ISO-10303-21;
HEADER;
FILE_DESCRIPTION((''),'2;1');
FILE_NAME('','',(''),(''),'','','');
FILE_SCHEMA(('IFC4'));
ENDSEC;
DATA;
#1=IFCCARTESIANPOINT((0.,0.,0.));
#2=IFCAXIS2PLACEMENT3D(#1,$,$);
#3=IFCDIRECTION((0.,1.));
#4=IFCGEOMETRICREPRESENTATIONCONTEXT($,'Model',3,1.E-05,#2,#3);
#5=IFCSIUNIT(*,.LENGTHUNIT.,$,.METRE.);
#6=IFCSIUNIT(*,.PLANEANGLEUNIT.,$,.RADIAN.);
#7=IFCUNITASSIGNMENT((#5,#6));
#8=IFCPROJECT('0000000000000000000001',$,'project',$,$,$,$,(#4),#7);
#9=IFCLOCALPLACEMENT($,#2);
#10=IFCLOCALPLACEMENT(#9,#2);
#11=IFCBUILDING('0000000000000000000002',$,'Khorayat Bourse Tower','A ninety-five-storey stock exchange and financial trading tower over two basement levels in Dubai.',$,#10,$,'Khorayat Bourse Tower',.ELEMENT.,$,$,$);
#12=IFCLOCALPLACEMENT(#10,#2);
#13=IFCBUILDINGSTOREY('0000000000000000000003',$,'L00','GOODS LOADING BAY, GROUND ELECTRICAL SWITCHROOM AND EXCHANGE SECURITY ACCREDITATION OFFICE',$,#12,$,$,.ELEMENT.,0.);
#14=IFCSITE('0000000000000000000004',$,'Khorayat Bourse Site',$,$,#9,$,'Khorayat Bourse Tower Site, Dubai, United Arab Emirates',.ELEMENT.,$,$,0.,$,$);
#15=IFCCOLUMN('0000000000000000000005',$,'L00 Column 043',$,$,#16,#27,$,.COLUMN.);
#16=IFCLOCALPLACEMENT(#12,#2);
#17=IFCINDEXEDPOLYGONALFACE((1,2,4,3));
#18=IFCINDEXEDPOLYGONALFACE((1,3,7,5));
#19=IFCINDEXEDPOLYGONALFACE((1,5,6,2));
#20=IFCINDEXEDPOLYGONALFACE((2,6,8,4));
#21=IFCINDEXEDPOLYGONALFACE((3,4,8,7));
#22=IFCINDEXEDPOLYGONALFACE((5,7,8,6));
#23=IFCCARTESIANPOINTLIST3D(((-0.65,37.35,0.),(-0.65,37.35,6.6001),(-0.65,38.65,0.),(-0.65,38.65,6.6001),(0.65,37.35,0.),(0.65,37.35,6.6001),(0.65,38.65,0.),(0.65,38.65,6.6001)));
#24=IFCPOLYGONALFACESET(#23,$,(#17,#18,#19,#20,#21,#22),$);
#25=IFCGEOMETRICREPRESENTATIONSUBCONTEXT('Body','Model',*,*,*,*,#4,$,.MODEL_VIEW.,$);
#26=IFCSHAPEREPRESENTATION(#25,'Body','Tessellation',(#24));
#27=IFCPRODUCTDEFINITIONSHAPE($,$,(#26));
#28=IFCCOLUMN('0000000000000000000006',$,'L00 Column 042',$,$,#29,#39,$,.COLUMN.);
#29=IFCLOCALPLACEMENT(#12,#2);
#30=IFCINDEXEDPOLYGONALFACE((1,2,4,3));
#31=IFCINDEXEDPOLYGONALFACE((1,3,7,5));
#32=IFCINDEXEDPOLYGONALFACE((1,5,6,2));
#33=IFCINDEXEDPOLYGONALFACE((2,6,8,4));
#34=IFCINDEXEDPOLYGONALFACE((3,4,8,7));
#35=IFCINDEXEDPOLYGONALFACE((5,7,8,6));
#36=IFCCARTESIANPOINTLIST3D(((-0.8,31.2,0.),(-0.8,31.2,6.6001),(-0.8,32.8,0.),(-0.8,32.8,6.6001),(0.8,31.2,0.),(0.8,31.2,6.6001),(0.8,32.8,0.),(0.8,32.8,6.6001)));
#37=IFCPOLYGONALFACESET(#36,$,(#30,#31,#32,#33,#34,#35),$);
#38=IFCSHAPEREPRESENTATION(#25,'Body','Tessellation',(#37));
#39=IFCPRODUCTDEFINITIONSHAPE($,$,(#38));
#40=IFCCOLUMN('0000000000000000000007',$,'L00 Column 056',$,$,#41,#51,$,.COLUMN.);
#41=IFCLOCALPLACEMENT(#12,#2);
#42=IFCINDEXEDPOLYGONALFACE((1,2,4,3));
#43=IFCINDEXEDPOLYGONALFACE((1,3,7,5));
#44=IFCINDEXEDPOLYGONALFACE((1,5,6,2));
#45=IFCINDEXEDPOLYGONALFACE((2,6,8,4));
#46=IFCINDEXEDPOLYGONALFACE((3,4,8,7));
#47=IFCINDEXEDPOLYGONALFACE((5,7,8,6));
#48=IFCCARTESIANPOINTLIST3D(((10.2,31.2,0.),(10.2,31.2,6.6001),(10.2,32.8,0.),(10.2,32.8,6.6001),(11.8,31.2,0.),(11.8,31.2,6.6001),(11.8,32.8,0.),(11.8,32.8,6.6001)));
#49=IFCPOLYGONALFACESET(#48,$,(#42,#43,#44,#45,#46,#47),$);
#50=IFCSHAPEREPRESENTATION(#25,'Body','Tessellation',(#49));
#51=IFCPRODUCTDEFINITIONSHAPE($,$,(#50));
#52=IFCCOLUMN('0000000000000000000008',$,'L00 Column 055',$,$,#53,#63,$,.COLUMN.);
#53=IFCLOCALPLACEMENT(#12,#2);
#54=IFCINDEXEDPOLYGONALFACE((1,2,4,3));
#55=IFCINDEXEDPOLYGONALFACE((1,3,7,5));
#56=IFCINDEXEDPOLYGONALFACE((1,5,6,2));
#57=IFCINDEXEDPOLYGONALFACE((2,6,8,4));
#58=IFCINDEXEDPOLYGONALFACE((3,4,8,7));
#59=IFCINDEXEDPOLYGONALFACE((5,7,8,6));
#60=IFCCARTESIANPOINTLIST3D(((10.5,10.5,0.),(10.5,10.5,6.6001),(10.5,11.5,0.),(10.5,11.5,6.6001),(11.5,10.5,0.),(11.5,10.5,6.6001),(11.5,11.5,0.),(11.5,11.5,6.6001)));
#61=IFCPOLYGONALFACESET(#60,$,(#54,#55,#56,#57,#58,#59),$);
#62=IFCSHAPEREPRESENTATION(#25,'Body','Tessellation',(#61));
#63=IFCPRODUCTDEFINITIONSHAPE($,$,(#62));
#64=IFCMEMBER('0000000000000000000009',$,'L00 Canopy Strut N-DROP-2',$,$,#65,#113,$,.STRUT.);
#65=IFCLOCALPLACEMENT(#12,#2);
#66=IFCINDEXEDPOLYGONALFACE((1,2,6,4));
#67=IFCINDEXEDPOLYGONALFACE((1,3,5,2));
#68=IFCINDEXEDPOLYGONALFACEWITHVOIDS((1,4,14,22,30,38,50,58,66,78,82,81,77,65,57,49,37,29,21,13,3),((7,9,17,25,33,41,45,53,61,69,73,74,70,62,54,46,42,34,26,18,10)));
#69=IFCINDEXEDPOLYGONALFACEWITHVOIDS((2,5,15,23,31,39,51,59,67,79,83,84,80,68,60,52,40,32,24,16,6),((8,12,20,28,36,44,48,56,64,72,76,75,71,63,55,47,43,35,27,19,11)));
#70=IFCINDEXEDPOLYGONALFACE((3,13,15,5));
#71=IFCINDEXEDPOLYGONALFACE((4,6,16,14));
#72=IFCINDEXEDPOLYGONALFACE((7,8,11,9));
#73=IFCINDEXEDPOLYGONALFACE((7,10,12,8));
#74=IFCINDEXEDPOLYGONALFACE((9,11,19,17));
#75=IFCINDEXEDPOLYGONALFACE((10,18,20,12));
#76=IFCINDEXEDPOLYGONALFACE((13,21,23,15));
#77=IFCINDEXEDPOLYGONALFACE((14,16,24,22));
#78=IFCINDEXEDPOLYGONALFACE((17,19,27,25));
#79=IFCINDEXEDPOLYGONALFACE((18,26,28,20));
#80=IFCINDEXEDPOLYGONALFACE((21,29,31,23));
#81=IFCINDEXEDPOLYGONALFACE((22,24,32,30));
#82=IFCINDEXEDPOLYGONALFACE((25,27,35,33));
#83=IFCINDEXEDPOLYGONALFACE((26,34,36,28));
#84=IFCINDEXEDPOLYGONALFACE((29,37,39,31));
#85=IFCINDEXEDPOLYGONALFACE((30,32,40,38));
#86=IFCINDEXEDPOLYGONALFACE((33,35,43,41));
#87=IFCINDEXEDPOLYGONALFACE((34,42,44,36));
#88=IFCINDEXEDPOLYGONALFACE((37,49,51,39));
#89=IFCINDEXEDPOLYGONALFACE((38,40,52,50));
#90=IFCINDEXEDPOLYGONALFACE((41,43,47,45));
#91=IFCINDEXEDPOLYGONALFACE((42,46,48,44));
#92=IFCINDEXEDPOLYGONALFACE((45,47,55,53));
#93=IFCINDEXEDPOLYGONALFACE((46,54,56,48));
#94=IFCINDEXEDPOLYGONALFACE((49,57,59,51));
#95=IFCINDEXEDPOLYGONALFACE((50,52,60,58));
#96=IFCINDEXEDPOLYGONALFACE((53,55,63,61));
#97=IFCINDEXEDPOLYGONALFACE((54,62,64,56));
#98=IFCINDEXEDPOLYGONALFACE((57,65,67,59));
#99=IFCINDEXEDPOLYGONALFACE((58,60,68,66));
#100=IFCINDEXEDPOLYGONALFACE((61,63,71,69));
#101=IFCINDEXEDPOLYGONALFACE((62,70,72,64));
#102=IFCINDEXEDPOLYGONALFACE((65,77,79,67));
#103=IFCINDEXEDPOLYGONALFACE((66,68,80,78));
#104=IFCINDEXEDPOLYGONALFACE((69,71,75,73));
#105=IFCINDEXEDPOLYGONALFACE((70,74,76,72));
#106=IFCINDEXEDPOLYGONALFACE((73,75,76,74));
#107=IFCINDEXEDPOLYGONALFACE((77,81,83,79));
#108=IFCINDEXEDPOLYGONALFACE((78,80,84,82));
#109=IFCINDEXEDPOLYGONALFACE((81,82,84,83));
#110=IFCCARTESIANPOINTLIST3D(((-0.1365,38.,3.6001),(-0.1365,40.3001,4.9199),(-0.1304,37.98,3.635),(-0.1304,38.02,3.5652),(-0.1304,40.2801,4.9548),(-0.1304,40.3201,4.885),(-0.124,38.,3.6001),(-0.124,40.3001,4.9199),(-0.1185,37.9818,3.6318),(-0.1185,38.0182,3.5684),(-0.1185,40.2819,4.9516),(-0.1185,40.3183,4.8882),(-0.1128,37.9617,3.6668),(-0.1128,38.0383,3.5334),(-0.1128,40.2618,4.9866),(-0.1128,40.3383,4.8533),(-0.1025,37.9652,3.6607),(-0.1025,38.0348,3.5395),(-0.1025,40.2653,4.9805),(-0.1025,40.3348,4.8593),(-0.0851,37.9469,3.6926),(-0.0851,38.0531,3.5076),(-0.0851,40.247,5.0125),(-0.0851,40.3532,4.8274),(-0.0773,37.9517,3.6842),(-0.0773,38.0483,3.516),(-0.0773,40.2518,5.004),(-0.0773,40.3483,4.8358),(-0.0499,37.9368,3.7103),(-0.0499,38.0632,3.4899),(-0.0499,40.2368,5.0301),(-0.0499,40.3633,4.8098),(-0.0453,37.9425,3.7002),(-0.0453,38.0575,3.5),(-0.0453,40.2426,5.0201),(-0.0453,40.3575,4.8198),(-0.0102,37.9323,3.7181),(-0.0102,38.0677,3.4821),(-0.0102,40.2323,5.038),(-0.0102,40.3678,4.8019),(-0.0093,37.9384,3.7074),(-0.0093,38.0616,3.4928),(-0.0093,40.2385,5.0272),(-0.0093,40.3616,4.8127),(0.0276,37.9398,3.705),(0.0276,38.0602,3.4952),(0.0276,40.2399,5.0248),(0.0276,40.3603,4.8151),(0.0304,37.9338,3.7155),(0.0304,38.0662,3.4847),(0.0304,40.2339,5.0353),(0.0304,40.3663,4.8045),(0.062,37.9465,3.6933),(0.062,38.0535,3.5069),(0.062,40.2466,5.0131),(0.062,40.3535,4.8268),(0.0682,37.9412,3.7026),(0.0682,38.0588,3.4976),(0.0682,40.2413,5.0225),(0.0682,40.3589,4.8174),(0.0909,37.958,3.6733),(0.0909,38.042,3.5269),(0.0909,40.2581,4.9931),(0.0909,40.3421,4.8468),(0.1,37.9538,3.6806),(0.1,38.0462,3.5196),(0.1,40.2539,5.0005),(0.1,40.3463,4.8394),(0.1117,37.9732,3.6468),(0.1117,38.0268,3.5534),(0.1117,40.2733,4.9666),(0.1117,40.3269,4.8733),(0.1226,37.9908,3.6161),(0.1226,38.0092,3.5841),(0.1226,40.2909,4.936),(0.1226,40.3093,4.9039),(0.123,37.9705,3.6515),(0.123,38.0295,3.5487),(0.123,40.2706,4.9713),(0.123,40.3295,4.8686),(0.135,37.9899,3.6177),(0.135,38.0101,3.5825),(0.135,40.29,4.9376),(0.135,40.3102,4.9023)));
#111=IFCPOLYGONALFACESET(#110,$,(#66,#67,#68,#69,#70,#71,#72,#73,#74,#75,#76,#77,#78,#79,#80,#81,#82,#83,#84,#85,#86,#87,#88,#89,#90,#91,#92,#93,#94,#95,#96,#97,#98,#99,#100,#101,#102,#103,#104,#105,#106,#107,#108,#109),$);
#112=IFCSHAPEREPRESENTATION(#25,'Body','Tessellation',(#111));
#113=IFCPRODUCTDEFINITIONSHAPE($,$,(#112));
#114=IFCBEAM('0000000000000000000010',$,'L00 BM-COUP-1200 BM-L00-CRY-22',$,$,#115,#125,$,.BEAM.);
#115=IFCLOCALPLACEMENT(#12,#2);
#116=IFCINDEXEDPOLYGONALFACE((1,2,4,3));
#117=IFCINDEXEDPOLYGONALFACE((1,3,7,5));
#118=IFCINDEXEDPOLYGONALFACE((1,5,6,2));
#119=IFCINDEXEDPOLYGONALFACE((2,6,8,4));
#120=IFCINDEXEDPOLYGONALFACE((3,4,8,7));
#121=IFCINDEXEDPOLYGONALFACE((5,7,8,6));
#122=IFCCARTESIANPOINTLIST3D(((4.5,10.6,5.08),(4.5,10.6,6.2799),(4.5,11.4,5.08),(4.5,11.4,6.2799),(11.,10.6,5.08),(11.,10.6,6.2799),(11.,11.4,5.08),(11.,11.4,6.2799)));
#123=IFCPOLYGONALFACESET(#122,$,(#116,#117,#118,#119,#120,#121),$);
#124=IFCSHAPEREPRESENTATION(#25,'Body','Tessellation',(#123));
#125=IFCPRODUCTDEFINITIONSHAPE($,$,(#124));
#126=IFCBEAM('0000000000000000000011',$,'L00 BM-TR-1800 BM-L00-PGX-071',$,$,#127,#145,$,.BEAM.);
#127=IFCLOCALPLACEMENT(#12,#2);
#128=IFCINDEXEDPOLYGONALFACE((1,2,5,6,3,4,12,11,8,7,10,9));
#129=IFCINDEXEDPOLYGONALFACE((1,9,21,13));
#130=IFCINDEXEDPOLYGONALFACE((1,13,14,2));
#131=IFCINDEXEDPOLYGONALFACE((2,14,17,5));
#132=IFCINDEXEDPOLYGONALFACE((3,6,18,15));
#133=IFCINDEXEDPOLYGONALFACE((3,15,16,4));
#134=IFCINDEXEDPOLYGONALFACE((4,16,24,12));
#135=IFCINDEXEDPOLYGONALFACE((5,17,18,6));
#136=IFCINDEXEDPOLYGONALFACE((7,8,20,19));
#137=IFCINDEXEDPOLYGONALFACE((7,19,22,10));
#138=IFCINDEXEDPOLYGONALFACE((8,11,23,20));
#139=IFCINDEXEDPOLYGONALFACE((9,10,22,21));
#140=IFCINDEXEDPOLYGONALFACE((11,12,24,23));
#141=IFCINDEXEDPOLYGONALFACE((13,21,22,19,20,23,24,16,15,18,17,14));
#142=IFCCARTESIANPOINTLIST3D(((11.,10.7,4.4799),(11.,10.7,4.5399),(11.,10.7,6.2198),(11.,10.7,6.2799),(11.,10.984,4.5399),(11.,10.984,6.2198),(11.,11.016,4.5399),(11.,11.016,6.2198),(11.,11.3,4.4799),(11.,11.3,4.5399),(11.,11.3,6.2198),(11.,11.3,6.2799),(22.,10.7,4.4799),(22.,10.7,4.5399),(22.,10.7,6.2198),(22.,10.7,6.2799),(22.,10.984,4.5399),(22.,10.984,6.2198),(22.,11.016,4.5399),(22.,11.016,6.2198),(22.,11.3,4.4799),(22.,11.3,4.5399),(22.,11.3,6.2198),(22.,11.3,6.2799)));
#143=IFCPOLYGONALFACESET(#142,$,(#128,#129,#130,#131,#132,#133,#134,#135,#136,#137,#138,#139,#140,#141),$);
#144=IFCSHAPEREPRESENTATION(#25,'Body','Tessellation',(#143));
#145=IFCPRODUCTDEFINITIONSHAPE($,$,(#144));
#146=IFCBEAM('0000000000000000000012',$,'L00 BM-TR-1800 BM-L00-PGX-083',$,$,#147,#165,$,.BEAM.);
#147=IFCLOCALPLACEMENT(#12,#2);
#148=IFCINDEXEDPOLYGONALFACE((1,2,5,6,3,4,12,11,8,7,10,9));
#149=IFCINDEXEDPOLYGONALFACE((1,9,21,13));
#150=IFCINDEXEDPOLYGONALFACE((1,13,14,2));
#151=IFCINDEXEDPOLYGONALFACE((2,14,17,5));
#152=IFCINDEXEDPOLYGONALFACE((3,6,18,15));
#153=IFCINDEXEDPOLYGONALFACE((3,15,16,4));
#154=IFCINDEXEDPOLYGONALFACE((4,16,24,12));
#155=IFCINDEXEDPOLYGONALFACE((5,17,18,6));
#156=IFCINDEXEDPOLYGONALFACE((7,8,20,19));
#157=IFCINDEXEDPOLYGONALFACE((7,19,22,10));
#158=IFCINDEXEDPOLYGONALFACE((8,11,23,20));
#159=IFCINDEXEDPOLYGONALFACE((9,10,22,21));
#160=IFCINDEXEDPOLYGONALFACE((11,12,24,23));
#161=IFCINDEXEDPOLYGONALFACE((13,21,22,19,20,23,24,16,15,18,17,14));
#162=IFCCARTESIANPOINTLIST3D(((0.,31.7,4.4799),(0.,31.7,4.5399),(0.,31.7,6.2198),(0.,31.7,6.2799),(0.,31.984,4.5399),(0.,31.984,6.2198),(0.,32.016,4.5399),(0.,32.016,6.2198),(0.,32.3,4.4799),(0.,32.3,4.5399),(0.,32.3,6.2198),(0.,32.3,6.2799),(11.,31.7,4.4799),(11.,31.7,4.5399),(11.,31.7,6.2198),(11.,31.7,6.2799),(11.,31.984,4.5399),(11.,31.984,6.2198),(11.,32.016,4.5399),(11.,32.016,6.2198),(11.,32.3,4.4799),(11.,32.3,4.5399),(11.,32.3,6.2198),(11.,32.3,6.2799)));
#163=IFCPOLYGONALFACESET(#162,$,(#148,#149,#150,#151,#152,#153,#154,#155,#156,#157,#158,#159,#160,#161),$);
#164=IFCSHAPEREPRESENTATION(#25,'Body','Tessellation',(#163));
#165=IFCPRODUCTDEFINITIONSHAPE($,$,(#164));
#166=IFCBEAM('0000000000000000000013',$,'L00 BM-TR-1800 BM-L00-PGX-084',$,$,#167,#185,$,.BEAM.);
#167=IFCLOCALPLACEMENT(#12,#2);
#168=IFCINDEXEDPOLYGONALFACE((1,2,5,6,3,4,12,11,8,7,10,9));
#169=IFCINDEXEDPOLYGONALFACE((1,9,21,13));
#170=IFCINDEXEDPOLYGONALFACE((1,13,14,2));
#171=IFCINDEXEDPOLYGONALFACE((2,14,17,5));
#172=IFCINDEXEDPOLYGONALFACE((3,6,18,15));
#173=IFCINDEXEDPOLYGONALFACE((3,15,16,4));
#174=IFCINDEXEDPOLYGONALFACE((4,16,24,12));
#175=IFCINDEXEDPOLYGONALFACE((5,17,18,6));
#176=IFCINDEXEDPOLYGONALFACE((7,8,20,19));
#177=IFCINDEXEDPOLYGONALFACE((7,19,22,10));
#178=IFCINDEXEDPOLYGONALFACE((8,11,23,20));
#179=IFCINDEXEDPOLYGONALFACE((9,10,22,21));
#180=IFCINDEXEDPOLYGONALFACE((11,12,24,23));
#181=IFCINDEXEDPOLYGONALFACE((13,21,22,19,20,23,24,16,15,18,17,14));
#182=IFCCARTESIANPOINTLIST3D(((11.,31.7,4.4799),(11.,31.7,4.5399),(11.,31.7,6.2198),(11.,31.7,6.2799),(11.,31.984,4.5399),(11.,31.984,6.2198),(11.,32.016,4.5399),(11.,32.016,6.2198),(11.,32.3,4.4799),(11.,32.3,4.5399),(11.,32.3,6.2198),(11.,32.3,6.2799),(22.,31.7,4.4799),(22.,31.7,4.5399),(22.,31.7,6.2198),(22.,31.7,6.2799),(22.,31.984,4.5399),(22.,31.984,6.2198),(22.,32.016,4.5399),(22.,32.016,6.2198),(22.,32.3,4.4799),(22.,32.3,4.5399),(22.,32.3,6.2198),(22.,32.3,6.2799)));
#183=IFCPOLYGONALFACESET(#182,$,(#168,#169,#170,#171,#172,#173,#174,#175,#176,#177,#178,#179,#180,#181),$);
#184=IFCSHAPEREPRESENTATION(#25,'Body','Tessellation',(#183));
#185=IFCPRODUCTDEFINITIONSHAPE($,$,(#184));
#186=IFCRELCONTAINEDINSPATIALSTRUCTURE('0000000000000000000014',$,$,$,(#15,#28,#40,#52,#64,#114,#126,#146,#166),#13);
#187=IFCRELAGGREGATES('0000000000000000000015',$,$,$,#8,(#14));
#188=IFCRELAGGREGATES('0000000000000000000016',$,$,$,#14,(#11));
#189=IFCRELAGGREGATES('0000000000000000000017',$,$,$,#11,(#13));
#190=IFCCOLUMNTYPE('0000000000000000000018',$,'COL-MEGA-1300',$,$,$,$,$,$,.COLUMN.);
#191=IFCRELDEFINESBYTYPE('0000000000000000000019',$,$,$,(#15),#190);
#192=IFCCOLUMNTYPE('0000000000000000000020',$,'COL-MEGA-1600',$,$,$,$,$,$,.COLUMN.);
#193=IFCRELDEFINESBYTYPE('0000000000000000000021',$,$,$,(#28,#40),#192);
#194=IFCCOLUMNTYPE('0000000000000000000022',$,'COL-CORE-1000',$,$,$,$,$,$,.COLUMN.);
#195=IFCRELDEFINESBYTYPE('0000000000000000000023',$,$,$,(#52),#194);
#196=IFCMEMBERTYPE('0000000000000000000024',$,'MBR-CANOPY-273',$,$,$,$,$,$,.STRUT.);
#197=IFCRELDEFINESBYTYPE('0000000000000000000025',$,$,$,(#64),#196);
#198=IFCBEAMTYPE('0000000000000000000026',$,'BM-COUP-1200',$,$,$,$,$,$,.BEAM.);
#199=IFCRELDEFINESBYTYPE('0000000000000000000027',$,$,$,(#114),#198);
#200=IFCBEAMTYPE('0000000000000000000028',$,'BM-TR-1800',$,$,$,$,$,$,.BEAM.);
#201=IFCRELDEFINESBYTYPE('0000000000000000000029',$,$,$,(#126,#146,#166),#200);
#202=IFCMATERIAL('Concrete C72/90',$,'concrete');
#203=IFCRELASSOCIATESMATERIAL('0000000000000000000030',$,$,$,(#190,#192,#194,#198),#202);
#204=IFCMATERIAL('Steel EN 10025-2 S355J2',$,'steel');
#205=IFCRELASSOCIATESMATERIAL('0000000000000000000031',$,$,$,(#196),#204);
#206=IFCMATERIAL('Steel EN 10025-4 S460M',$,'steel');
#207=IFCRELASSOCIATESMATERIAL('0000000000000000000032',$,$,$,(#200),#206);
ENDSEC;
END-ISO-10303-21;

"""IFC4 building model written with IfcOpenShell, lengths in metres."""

from ifc_helpers import new_model, si_unit, direction, frame, origin, origin_2d, place, context, subcontext, project, spatial, rectangle, hollow_circle, i_section, extrude, source, transform, mapped, material, material_profile, profile_set, type_object, element, save


model = new_model("IFC4")

# Units and contexts
model_context = context("Model", 3, precision=1e-05, world=origin(), true_north=direction((0.0, 1.0)))
body_context = subcontext(model_context, "Body", "Model", "MODEL_VIEW")
ifc_project = project(units=[si_unit("LENGTHUNIT", "METRE"), si_unit("PLANEANGLEUNIT", "RADIAN")], contexts=[model_context])

# Site, building, storey
site_placement = place(None, origin())
site = spatial("IfcSite", under=ifc_project, at=site_placement, Name="Khorayat Bourse Site", LongName="Khorayat Bourse Tower Site, Dubai, United Arab Emirates", CompositionType="ELEMENT", RefElevation=0.0)
building_placement = place(site_placement, origin())
building = spatial("IfcBuilding", under=site, at=building_placement, Name="Khorayat Bourse Tower", Description="A ninety-five-storey stock exchange and financial trading tower over two basement levels in Dubai.", LongName="Khorayat Bourse Tower", CompositionType="ELEMENT")
storey_placement = place(building_placement, origin())
storey = spatial("IfcBuildingStorey", under=building, at=storey_placement, Name="L00", Description="GOODS LOADING BAY, GROUND ELECTRICAL SWITCHROOM AND EXCHANGE SECURITY ACCREDITATION OFFICE", CompositionType="ELEMENT", Elevation=0.0)

# Columns
ifc_material_1 = material(Name="Concrete C72/90", Category="concrete")
ifc_material_profile_1 = material_profile(ifc_material_1, rectangle(XDim=1.3, YDim=1.3, at=origin_2d()), Name="RC 1300x1300")
ifc_profile_set_1 = profile_set([ifc_material_profile_1], Name="Concrete C72/90")
column_type_1 = type_object("IfcColumnType", Name="COL-MEGA-1300", PredefinedType="COLUMN", material=ifc_profile_set_1)
shared_shape_1 = source(origin(), body_context, "Body", "SweptSolid", [
    extrude(rectangle(XDim=1.3, YDim=1.3, at=origin_2d()), origin(), (0.0, 0.0, 1.0), 6.6001),
])
column_1_placement = place(storey_placement, frame((0.0, 38.0, 0.0), z_axis=(0.0, 0.0, 1.0), x_axis=(1.0, 0.0, 0.0)))
element("IfcColumn", 1, at=column_1_placement, inside=storey, type_object=column_type_1, Name="L00 Column 043", PredefinedType="COLUMN", context=body_context, shape_type="MappedRepresentation", body=[
    mapped(shared_shape_1, transform((0.0, 0.0, 0.0), scale=1.0)),
])
ifc_material_profile_2 = material_profile(ifc_material_1, rectangle(XDim=1.6001, YDim=1.6001, at=origin_2d()), Name="RC 1600x1600")
ifc_profile_set_2 = profile_set([ifc_material_profile_2], Name="Concrete C72/90")
column_type_2 = type_object("IfcColumnType", Name="COL-MEGA-1600", PredefinedType="COLUMN", material=ifc_profile_set_2)
shared_shape_2 = source(origin(), body_context, "Body", "SweptSolid", [
    extrude(rectangle(XDim=1.6001, YDim=1.6001, at=origin_2d()), origin(), (0.0, 0.0, 1.0), 6.6001),
])
for number, where, z_axis, x_axis, name in (
    (2, (0.0, 32.0, 0.0), (0.0, 0.0, 1.0), (1.0, 0.0, 0.0), "L00 Column 042"),
    (3, (11.0, 32.0, 0.0), (0.0, 0.0, 1.0), (1.0, 0.0, 0.0), "L00 Column 056"),
):
    element("IfcColumn", number, at=place(storey_placement, frame(where, z_axis=z_axis, x_axis=x_axis)), inside=storey, type_object=column_type_2, Name=name, PredefinedType="COLUMN", context=body_context, shape_type="MappedRepresentation", body=[
        mapped(shared_shape_2, transform((0.0, 0.0, 0.0), scale=1.0)),
    ])
ifc_material_profile_3 = material_profile(ifc_material_1, rectangle(XDim=1.0, YDim=1.0, at=origin_2d()), Name="RC 1000x1000")
ifc_profile_set_3 = profile_set([ifc_material_profile_3], Name="Concrete C72/90")
column_type_3 = type_object("IfcColumnType", Name="COL-CORE-1000", PredefinedType="COLUMN", material=ifc_profile_set_3)
shared_shape_3 = source(origin(), body_context, "Body", "SweptSolid", [
    extrude(rectangle(XDim=1.0, YDim=1.0, at=origin_2d()), origin(), (0.0, 0.0, 1.0), 6.6001),
])
column_2_placement = place(storey_placement, frame((11.0, 11.0, 0.0), z_axis=(0.0, 0.0, 1.0), x_axis=(1.0, 0.0, 0.0)))
element("IfcColumn", 4, at=column_2_placement, inside=storey, type_object=column_type_3, Name="L00 Column 055", PredefinedType="COLUMN", context=body_context, shape_type="MappedRepresentation", body=[
    mapped(shared_shape_3, transform((0.0, 0.0, 0.0), scale=1.0)),
])

# Member
ifc_material_2 = material(Name="Steel EN 10025-2 S355J2", Category="steel")
ifc_material_profile_4 = material_profile(ifc_material_2, hollow_circle(Radius=0.1365, WallThickness=0.0125, at=origin_2d()), Name="CHS 273x12.5")
ifc_profile_set_4 = profile_set([ifc_material_profile_4], Name="Steel EN 10025-2 S355J2")
member_type = type_object("IfcMemberType", Name="MBR-CANOPY-273", PredefinedType="STRUT", material=ifc_profile_set_4)
shared_shape_4 = source(origin(), body_context, "Body", "SweptSolid", [
    extrude(hollow_circle(Radius=0.1365, WallThickness=0.0125, at=origin_2d()), origin(), (0.0, 0.0, 1.0), 2.6519),
])
member_placement = place(storey_placement, frame((0.0, 38.0, 3.6001), z_axis=(0.0, 0.867347, 0.497705), x_axis=(-1.0, 0.0, 0.0)))
element("IfcMember", 5, at=member_placement, inside=storey, type_object=member_type, Name="L00 Canopy Strut N-DROP-2", PredefinedType="STRUT", context=body_context, shape_type="MappedRepresentation", body=[
    mapped(shared_shape_4, transform((0.0, 0.0, 0.0), scale=1.0)),
])

# Beams
ifc_material_profile_5 = material_profile(ifc_material_1, rectangle(XDim=0.8, YDim=1.2, at=origin_2d()), Name="RC 800x1200")
ifc_profile_set_5 = profile_set([ifc_material_profile_5], Name="Concrete C72/90")
beam_type_1 = type_object("IfcBeamType", Name="BM-COUP-1200", PredefinedType="BEAM", material=ifc_profile_set_5)
shared_shape_5 = source(origin(), body_context, "Body", "SweptSolid", [
    extrude(rectangle(XDim=0.8, YDim=1.2, at=origin_2d()), origin(), (0.0, 0.0, 1.0), 6.5),
])
beam_1_placement = place(storey_placement, frame((4.5, 11.0, 5.6799), z_axis=(1.0, 0.0, 0.0), x_axis=(0.0, 1.0, 0.0)))
element("IfcBeam", 6, at=beam_1_placement, inside=storey, type_object=beam_type_1, Name="L00 BM-COUP-1200 BM-L00-CRY-22", PredefinedType="BEAM", context=body_context, shape_type="MappedRepresentation", body=[
    mapped(shared_shape_5, transform((0.0, 0.0, 0.0), scale=1.0)),
])
ifc_material_3 = material(Name="Steel EN 10025-4 S460M", Category="steel")
ifc_material_profile_6 = material_profile(ifc_material_3, i_section(OverallWidth=0.6001, OverallDepth=1.8, WebThickness=0.032, FlangeThickness=0.0601, at=origin_2d()), Name="PG 1800x600x32x60")
ifc_profile_set_6 = profile_set([ifc_material_profile_6], Name="Steel EN 10025-4 S460M")
beam_type_2 = type_object("IfcBeamType", Name="BM-TR-1800", PredefinedType="BEAM", material=ifc_profile_set_6)
shared_shape_6 = source(origin(), body_context, "Body", "SweptSolid", [
    extrude(i_section(OverallWidth=0.6001, OverallDepth=1.8, WebThickness=0.032, FlangeThickness=0.0601, at=origin_2d()), origin(), (0.0, 0.0, 1.0), 11.0),
])
for number, where, z_axis, x_axis, name in (
    (7, (11.0, 11.0, 5.3799), (1.0, 0.0, 0.0), (0.0, 1.0, 0.0), "L00 BM-TR-1800 BM-L00-PGX-071"),
    (8, (0.0, 32.0, 5.3799), (1.0, 0.0, 0.0), (0.0, 1.0, 0.0), "L00 BM-TR-1800 BM-L00-PGX-083"),
    (9, (11.0, 32.0, 5.3799), (1.0, 0.0, 0.0), (0.0, 1.0, 0.0), "L00 BM-TR-1800 BM-L00-PGX-084"),
):
    element("IfcBeam", number, at=place(storey_placement, frame(where, z_axis=z_axis, x_axis=x_axis)), inside=storey, type_object=beam_type_2, Name=name, PredefinedType="BEAM", context=body_context, shape_type="MappedRepresentation", body=[
        mapped(shared_shape_6, transform((0.0, 0.0, 0.0), scale=1.0)),
    ])

save(model, "model.ifc")
